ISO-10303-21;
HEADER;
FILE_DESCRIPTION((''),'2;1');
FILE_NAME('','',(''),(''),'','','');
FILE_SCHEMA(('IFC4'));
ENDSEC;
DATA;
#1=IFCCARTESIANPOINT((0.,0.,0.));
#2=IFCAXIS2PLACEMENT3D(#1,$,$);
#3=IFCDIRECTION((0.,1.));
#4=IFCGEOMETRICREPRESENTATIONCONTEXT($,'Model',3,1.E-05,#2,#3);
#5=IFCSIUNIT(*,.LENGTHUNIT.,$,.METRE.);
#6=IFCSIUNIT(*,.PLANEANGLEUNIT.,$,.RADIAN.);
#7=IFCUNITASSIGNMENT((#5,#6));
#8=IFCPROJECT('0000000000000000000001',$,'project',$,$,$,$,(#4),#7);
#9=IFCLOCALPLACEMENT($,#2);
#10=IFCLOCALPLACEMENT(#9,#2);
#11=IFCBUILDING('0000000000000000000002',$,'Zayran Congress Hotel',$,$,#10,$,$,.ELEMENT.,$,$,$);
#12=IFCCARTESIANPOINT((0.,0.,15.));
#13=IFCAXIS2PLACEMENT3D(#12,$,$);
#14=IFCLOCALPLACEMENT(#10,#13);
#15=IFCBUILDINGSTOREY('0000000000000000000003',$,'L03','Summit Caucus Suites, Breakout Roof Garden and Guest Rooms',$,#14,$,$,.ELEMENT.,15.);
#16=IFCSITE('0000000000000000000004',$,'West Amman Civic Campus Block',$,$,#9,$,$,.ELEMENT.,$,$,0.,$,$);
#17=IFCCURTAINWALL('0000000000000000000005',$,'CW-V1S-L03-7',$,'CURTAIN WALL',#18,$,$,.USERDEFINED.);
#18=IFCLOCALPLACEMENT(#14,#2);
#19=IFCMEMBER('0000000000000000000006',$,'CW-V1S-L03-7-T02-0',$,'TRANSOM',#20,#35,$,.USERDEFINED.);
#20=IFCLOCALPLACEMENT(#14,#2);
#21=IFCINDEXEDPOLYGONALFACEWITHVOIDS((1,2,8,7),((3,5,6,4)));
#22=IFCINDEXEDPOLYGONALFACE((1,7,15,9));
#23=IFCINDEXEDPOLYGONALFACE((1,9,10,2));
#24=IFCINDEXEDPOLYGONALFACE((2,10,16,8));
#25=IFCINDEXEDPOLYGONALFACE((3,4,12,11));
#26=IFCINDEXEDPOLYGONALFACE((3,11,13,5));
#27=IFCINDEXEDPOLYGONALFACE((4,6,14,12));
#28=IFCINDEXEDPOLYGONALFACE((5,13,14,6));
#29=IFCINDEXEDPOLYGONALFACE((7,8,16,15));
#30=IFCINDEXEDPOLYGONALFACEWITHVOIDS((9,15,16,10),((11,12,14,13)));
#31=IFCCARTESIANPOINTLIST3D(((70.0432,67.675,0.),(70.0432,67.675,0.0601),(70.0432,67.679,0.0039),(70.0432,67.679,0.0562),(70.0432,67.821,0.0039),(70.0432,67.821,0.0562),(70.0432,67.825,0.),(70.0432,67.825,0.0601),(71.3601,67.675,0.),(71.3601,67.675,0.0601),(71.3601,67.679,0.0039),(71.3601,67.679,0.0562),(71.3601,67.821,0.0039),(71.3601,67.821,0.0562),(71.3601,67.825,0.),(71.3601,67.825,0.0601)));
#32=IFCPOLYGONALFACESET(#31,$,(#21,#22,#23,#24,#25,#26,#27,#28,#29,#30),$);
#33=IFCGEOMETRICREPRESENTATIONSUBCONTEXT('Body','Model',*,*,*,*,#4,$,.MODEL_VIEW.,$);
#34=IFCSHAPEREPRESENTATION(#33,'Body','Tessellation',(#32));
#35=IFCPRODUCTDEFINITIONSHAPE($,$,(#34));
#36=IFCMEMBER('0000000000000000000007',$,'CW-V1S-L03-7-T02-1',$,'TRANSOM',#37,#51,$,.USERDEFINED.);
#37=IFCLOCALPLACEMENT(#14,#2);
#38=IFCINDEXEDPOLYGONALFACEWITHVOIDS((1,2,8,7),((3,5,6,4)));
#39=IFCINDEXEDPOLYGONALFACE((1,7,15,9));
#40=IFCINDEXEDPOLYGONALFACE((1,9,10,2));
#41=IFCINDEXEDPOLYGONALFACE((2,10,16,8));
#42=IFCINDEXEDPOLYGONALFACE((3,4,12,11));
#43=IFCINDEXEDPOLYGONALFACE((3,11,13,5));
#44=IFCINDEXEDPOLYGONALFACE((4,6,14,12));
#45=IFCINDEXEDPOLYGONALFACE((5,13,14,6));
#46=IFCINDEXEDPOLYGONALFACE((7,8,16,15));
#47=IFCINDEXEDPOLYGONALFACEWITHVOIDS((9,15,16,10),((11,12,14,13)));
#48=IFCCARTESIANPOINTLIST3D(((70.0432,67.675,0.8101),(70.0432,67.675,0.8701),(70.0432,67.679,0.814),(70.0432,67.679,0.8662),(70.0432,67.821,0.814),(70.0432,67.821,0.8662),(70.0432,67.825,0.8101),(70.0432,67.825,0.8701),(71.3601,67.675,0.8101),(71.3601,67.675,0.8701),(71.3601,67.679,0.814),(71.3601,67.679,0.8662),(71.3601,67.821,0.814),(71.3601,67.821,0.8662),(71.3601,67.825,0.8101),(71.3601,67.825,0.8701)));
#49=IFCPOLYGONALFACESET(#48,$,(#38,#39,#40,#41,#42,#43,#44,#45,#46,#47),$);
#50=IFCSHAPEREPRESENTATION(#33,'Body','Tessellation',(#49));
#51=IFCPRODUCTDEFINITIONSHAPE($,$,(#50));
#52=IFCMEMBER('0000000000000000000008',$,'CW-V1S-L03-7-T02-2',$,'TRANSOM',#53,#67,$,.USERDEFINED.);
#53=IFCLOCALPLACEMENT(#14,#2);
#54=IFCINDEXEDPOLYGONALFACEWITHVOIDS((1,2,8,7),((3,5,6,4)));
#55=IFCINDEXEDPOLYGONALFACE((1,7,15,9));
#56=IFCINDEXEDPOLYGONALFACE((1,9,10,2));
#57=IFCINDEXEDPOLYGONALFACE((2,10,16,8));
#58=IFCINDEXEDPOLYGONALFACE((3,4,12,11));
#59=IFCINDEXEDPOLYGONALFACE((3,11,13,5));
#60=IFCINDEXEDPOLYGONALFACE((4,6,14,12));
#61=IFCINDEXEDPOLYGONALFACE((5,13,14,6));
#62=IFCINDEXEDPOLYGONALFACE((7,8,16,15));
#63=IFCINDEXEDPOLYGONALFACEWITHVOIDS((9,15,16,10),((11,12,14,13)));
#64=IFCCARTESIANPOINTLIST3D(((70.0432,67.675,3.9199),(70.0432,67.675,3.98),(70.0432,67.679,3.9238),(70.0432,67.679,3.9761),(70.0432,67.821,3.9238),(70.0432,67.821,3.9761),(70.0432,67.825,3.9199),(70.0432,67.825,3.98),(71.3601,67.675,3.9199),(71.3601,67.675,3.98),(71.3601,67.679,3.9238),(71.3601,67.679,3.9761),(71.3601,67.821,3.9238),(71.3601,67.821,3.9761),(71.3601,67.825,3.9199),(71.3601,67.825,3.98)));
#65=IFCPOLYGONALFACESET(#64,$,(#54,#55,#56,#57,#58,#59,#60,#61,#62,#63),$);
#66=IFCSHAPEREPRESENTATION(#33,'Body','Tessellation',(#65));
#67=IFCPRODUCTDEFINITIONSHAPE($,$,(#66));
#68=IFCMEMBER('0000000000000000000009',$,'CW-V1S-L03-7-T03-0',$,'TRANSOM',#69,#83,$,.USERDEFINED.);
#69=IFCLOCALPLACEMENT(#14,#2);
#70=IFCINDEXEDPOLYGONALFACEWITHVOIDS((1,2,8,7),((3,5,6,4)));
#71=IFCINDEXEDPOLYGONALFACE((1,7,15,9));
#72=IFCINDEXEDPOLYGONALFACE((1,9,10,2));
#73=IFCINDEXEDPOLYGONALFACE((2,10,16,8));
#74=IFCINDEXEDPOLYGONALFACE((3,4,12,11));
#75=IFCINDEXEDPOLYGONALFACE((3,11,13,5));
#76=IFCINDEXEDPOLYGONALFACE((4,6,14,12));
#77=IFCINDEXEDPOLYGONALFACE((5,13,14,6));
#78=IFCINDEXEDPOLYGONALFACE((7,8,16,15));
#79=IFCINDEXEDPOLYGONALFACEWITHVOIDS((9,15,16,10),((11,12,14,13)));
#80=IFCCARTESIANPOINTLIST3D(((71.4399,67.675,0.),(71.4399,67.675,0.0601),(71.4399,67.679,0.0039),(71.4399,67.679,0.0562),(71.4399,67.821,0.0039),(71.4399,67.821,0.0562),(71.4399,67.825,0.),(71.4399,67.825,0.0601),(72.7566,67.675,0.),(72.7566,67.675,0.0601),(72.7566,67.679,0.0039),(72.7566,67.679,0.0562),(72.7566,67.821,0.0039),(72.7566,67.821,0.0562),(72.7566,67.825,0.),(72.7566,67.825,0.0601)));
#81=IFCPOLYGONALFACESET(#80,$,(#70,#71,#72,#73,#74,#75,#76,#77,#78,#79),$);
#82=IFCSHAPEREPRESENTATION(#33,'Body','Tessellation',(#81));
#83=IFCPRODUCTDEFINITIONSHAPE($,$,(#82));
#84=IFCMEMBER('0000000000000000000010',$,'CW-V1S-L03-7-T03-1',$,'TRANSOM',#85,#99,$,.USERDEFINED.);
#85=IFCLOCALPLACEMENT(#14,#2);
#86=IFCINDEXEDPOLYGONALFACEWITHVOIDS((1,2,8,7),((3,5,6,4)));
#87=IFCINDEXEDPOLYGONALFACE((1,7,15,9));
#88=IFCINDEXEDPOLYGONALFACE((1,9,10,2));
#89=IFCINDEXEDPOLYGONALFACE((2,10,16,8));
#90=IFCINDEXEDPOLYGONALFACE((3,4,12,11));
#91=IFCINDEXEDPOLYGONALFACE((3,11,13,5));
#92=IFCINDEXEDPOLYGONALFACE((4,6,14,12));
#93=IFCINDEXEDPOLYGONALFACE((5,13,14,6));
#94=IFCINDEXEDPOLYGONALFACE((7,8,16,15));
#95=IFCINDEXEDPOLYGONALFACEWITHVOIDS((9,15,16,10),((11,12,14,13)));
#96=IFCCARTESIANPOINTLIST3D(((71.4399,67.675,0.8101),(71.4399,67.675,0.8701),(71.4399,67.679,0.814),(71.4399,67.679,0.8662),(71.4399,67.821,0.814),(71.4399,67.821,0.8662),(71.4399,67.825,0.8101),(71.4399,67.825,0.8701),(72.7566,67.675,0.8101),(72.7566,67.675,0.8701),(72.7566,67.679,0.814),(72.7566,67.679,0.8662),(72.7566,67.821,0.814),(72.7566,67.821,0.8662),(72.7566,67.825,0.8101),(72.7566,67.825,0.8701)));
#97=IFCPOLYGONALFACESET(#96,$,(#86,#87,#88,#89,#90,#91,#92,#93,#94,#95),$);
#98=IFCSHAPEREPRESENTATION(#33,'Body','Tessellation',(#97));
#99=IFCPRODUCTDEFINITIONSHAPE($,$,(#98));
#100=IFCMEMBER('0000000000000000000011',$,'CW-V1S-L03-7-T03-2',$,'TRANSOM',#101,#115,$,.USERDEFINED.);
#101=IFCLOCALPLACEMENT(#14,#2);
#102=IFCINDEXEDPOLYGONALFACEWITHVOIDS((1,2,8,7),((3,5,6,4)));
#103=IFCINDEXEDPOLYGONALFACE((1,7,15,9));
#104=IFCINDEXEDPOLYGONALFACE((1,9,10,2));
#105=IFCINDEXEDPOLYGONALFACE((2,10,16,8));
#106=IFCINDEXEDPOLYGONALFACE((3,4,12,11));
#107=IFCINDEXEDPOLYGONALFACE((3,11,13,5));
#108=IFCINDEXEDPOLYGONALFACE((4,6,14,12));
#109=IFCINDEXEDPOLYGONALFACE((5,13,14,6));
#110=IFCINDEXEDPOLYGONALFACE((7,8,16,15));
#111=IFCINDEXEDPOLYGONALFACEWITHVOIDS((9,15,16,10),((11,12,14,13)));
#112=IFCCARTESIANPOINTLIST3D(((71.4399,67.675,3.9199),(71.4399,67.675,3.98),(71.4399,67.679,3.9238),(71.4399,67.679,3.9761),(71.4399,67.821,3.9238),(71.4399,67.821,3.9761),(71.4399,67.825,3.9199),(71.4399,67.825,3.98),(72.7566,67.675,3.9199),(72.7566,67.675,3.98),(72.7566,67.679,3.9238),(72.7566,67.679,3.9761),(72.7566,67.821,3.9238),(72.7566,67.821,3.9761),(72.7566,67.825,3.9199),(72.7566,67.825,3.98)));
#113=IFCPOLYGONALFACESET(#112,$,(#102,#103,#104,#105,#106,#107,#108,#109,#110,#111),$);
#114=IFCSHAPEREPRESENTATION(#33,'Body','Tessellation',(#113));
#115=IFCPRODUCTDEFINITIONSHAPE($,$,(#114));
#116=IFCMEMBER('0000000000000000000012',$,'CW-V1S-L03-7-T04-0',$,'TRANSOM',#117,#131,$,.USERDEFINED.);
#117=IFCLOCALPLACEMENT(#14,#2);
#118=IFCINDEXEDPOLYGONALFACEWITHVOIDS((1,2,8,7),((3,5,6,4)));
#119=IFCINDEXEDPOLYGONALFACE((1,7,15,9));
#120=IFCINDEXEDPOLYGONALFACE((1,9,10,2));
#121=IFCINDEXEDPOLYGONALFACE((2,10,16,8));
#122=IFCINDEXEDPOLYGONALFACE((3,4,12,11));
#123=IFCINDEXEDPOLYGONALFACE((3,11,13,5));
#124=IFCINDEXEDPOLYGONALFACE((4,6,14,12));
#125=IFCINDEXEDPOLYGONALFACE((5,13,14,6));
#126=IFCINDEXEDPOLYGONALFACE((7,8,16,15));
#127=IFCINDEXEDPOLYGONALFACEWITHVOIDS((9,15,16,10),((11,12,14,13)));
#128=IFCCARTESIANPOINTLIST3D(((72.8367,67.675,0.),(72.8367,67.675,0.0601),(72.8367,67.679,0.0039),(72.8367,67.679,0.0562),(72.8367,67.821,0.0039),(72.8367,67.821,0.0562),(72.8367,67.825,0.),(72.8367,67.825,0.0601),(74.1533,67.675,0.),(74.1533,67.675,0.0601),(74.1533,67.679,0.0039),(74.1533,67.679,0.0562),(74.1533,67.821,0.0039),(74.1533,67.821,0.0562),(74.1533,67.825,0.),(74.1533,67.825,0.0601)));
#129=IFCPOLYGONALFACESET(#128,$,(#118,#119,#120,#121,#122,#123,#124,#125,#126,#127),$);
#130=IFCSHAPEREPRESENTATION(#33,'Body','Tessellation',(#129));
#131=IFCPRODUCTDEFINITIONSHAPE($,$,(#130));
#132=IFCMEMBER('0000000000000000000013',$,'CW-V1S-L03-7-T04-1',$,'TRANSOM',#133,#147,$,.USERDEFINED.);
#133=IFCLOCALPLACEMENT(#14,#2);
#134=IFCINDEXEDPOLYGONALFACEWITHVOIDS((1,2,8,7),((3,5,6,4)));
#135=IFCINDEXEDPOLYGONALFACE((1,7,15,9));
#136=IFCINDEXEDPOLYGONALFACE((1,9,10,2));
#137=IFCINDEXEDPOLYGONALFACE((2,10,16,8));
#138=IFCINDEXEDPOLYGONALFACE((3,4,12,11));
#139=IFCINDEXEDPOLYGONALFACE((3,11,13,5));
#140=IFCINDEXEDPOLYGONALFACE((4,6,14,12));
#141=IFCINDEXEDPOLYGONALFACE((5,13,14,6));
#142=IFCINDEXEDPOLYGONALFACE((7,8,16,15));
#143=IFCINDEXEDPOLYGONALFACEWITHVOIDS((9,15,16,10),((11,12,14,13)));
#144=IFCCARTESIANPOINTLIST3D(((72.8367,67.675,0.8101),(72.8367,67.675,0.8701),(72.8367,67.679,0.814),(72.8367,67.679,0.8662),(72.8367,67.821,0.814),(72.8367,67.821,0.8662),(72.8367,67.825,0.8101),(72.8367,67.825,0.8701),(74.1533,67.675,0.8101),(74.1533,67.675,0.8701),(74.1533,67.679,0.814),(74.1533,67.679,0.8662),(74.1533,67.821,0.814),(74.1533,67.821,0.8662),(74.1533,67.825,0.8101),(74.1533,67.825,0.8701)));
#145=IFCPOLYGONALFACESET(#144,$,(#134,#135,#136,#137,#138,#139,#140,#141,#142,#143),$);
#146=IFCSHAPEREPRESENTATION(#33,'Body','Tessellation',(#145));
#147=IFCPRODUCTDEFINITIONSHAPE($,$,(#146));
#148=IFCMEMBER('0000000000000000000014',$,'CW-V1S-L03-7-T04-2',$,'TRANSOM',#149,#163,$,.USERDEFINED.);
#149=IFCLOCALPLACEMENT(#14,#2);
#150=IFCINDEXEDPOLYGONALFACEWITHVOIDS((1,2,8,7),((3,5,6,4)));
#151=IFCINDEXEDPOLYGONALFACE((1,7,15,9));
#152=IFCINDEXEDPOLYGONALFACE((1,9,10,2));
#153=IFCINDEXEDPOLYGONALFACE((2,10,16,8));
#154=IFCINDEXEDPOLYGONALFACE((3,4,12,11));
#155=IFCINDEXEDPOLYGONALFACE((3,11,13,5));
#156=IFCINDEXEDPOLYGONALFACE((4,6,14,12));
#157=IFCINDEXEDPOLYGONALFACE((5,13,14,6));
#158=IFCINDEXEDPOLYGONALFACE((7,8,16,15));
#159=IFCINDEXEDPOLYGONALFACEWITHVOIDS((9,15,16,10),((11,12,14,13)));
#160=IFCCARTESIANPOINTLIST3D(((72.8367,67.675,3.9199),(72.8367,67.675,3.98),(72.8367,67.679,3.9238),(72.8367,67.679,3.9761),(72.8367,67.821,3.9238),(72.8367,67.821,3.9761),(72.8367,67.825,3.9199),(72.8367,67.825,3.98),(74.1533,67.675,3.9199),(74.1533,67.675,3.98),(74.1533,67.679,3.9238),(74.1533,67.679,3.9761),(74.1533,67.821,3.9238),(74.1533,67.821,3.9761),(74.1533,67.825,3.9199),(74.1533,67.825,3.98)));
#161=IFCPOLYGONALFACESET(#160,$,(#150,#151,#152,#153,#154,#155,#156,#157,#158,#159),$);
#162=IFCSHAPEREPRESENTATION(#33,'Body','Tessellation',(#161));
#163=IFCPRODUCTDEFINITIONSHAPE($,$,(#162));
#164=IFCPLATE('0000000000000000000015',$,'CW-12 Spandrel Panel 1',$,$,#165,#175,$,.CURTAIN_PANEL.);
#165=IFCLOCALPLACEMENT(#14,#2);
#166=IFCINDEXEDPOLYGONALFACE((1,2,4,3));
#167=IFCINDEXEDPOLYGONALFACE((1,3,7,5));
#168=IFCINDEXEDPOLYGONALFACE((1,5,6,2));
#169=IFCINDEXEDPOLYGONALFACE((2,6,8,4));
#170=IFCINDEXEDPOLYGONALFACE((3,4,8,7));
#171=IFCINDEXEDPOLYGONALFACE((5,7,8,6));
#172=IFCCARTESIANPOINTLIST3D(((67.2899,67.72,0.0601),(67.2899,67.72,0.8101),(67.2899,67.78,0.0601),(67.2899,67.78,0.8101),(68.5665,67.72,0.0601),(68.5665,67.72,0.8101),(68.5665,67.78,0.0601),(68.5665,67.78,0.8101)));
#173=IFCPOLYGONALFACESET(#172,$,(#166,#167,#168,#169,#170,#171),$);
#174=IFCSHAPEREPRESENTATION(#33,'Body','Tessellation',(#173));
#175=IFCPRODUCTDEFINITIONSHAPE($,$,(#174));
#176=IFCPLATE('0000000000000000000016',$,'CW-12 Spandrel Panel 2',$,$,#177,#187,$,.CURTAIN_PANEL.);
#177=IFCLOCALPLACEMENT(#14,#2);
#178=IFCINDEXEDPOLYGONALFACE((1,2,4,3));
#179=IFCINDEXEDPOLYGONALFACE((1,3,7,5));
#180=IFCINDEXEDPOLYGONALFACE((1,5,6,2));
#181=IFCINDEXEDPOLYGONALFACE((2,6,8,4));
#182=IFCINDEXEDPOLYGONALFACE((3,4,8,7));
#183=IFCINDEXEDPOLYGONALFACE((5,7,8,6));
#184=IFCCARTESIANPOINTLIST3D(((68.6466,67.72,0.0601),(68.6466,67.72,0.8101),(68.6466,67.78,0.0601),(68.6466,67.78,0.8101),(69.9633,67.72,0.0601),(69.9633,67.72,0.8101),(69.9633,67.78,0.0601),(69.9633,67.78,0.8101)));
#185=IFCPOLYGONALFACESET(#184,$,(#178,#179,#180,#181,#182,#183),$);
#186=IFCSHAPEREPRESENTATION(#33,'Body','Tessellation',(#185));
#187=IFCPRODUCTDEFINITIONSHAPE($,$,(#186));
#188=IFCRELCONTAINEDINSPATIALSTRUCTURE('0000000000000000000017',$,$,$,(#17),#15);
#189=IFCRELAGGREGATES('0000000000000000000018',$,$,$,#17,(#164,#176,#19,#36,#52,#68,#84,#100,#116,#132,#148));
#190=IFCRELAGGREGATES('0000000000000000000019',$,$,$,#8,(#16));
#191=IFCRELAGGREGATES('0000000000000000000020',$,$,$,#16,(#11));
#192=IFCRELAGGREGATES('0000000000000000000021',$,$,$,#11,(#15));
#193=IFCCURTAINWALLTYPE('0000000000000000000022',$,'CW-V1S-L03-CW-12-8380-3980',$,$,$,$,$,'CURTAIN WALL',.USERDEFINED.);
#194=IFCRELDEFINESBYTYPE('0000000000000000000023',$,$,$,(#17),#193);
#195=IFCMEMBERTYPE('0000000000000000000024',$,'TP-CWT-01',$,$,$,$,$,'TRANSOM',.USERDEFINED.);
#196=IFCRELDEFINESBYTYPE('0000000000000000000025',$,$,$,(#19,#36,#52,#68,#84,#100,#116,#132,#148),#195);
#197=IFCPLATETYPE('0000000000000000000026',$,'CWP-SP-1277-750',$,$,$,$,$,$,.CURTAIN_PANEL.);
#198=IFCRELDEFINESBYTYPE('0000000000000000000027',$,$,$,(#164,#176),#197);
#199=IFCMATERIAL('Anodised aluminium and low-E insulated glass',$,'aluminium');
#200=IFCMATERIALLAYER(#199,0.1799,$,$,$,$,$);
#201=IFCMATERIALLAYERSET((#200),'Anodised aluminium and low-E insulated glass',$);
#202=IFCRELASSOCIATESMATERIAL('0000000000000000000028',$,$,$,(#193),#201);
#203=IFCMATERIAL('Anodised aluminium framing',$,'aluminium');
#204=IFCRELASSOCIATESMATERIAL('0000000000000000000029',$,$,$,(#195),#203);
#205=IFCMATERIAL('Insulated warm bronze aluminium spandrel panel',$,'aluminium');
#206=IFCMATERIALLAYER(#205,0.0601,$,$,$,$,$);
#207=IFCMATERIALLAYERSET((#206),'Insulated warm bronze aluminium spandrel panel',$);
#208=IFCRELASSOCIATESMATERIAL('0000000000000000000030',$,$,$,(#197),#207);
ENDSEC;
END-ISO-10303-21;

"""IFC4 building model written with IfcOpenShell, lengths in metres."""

from ifc_helpers import new_model, si_unit, direction, frame, origin, origin_2d, place, context, subcontext, project, spatial, rectangle, hollow_rectangle, extrude, material, layer, layer_set, material_profile, profile_set, type_object, element, aggregate, save


model = new_model("IFC4")

# Units and contexts
model_context = context("Model", 3, precision=1e-05, world=origin(), true_north=direction((0.0, 1.0)))
body_context = subcontext(model_context, "Body", "Model", "MODEL_VIEW")
ifc_project = project(units=[si_unit("LENGTHUNIT", "METRE"), si_unit("PLANEANGLEUNIT", "RADIAN")], contexts=[model_context])

# Site, building, storey
site_placement = place(None, origin())
site = spatial("IfcSite", under=ifc_project, at=site_placement, Name="West Amman Civic Campus Block", CompositionType="ELEMENT", RefElevation=0.0)
building_placement = place(site_placement, origin())
building = spatial("IfcBuilding", under=site, at=building_placement, Name="Zayran Congress Hotel", CompositionType="ELEMENT")
storey_placement = place(building_placement, frame((0.0, 0.0, 15.0)))
storey = spatial("IfcBuildingStorey", under=building, at=storey_placement, Name="L03", Description="Summit Caucus Suites, Breakout Roof Garden and Guest Rooms", CompositionType="ELEMENT", Elevation=15.0)

# Curtain wall, members, plates
ifc_material_1 = material(Name="Anodised aluminium and low-E insulated glass", Category="aluminium")
ifc_layer_1 = layer(ifc_material_1, 0.1799)
ifc_layer_set_1 = layer_set([ifc_layer_1], Name="Anodised aluminium and low-E insulated glass")
curtain_wall_type = type_object("IfcCurtainWallType", Name="CW-V1S-L03-CW-12-8380-3980", ElementType="CURTAIN WALL", PredefinedType="USERDEFINED", material=ifc_layer_set_1)
curtain_wall_placement = place(storey_placement, origin())
curtain_wall = element("IfcCurtainWall", 1, at=curtain_wall_placement, inside=storey, type_object=curtain_wall_type, Name="CW-V1S-L03-7", ObjectType="CURTAIN WALL", PredefinedType="USERDEFINED")
ifc_material_2 = material(Name="Anodised aluminium framing", Category="aluminium")
ifc_material_profile_1 = material_profile(ifc_material_2, hollow_rectangle(XDim=0.0601, YDim=0.1499, WallThickness=0.0039, at=origin_2d()), Name="RHS 150x60x4")
ifc_profile_set_1 = profile_set([ifc_material_profile_1], Name="Anodised aluminium framing")
member_type_1 = type_object("IfcMemberType", Name="TP-CWT-01", ElementType="TRANSOM", PredefinedType="USERDEFINED", material=ifc_profile_set_1)
member_1_placement = place(storey_placement, frame((70.0432, 67.75, 0.03), z_axis=(1.0, 0.0, 0.0), x_axis=(0.0, 0.0, 1.0)))
member_1 = element("IfcMember", 2, at=member_1_placement, type_object=member_type_1, Name="CW-V1S-L03-7-T02-0", ObjectType="TRANSOM", PredefinedType="USERDEFINED", context=body_context, shape_type="SweptSolid", body=[
    extrude(hollow_rectangle(XDim=0.0601, YDim=0.1499, WallThickness=0.0039, at=origin_2d()), origin(), (0.0, 0.0, 1.0), 1.3169),
])
member_2_placement = place(storey_placement, frame((70.0432, 67.75, 0.8401), z_axis=(1.0, 0.0, 0.0), x_axis=(0.0, 0.0, 1.0)))
member_2 = element("IfcMember", 3, at=member_2_placement, type_object=member_type_1, Name="CW-V1S-L03-7-T02-1", ObjectType="TRANSOM", PredefinedType="USERDEFINED", context=body_context, shape_type="SweptSolid", body=[
    extrude(hollow_rectangle(XDim=0.0601, YDim=0.1499, WallThickness=0.0039, at=origin_2d()), origin(), (0.0, 0.0, 1.0), 1.3169),
])
member_3_placement = place(storey_placement, frame((70.0432, 67.75, 3.95), z_axis=(1.0, 0.0, 0.0), x_axis=(0.0, 0.0, 1.0)))
member_3 = element("IfcMember", 4, at=member_3_placement, type_object=member_type_1, Name="CW-V1S-L03-7-T02-2", ObjectType="TRANSOM", PredefinedType="USERDEFINED", context=body_context, shape_type="SweptSolid", body=[
    extrude(hollow_rectangle(XDim=0.0601, YDim=0.1499, WallThickness=0.0039, at=origin_2d()), origin(), (0.0, 0.0, 1.0), 1.3169),
])
member_4_placement = place(storey_placement, frame((71.4399, 67.75, 0.03), z_axis=(1.0, 0.0, 0.0), x_axis=(0.0, 0.0, 1.0)))
member_4 = element("IfcMember", 5, at=member_4_placement, type_object=member_type_1, Name="CW-V1S-L03-7-T03-0", ObjectType="TRANSOM", PredefinedType="USERDEFINED", context=body_context, shape_type="SweptSolid", body=[
    extrude(hollow_rectangle(XDim=0.0601, YDim=0.1499, WallThickness=0.0039, at=origin_2d()), origin(), (0.0, 0.0, 1.0), 1.3167),
])
member_5_placement = place(storey_placement, frame((71.4399, 67.75, 0.8401), z_axis=(1.0, 0.0, 0.0), x_axis=(0.0, 0.0, 1.0)))
member_5 = element("IfcMember", 6, at=member_5_placement, type_object=member_type_1, Name="CW-V1S-L03-7-T03-1", ObjectType="TRANSOM", PredefinedType="USERDEFINED", context=body_context, shape_type="SweptSolid", body=[
    extrude(hollow_rectangle(XDim=0.0601, YDim=0.1499, WallThickness=0.0039, at=origin_2d()), origin(), (0.0, 0.0, 1.0), 1.3167),
])
member_6_placement = place(storey_placement, frame((71.4399, 67.75, 3.95), z_axis=(1.0, 0.0, 0.0), x_axis=(0.0, 0.0, 1.0)))
member_6 = element("IfcMember", 7, at=member_6_placement, type_object=member_type_1, Name="CW-V1S-L03-7-T03-2", ObjectType="TRANSOM", PredefinedType="USERDEFINED", context=body_context, shape_type="SweptSolid", body=[
    extrude(hollow_rectangle(XDim=0.0601, YDim=0.1499, WallThickness=0.0039, at=origin_2d()), origin(), (0.0, 0.0, 1.0), 1.3167),
])
member_7_placement = place(storey_placement, frame((72.8367, 67.75, 0.03), z_axis=(1.0, 0.0, 0.0), x_axis=(0.0, 0.0, 1.0)))
member_7 = element("IfcMember", 8, at=member_7_placement, type_object=member_type_1, Name="CW-V1S-L03-7-T04-0", ObjectType="TRANSOM", PredefinedType="USERDEFINED", context=body_context, shape_type="SweptSolid", body=[
    extrude(hollow_rectangle(XDim=0.0601, YDim=0.1499, WallThickness=0.0039, at=origin_2d()), origin(), (0.0, 0.0, 1.0), 1.3167),
])
member_8_placement = place(storey_placement, frame((72.8367, 67.75, 0.8401), z_axis=(1.0, 0.0, 0.0), x_axis=(0.0, 0.0, 1.0)))
member_8 = element("IfcMember", 9, at=member_8_placement, type_object=member_type_1, Name="CW-V1S-L03-7-T04-1", ObjectType="TRANSOM", PredefinedType="USERDEFINED", context=body_context, shape_type="SweptSolid", body=[
    extrude(hollow_rectangle(XDim=0.0601, YDim=0.1499, WallThickness=0.0039, at=origin_2d()), origin(), (0.0, 0.0, 1.0), 1.3167),
])
member_9_placement = place(storey_placement, frame((72.8367, 67.75, 3.95), z_axis=(1.0, 0.0, 0.0), x_axis=(0.0, 0.0, 1.0)))
member_9 = element("IfcMember", 10, at=member_9_placement, type_object=member_type_1, Name="CW-V1S-L03-7-T04-2", ObjectType="TRANSOM", PredefinedType="USERDEFINED", context=body_context, shape_type="SweptSolid", body=[
    extrude(hollow_rectangle(XDim=0.0601, YDim=0.1499, WallThickness=0.0039, at=origin_2d()), origin(), (0.0, 0.0, 1.0), 1.3167),
])
ifc_material_3 = material(Name="Insulated warm bronze aluminium spandrel panel", Category="aluminium")
ifc_layer_2 = layer(ifc_material_3, 0.0601)
ifc_layer_set_2 = layer_set([ifc_layer_2], Name="Insulated warm bronze aluminium spandrel panel")
plate_type_1 = type_object("IfcPlateType", Name="CWP-SP-1277-750", PredefinedType="CURTAIN_PANEL", material=ifc_layer_set_2)
plate_1_placement = place(storey_placement, frame((67.9282, 67.75, 0.0601), z_axis=(0.0, 0.0, 1.0), x_axis=(1.0, 0.0, 0.0)))
plate_1 = element("IfcPlate", 11, at=plate_1_placement, type_object=plate_type_1, Name="CW-12 Spandrel Panel 1", PredefinedType="CURTAIN_PANEL", context=body_context, shape_type="SweptSolid", body=[
    extrude(rectangle(XDim=1.2766, YDim=0.0601, at=origin_2d()), origin(), (0.0, 0.0, 1.0), 0.75),
])
plate_2_placement = place(storey_placement, frame((69.3049, 67.75, 0.0601), z_axis=(0.0, 0.0, 1.0), x_axis=(1.0, 0.0, 0.0)))
plate_2 = element("IfcPlate", 12, at=plate_2_placement, type_object=plate_type_1, Name="CW-12 Spandrel Panel 2", PredefinedType="CURTAIN_PANEL", context=body_context, shape_type="SweptSolid", body=[
    extrude(rectangle(XDim=1.3167, YDim=0.0601, at=origin_2d()), origin(), (0.0, 0.0, 1.0), 0.75),
])
aggregate(curtain_wall, [plate_1, plate_2, member_1, member_2, member_3, member_4, member_5, member_6, member_7, member_8, member_9])

save(model, "model.ifc")
